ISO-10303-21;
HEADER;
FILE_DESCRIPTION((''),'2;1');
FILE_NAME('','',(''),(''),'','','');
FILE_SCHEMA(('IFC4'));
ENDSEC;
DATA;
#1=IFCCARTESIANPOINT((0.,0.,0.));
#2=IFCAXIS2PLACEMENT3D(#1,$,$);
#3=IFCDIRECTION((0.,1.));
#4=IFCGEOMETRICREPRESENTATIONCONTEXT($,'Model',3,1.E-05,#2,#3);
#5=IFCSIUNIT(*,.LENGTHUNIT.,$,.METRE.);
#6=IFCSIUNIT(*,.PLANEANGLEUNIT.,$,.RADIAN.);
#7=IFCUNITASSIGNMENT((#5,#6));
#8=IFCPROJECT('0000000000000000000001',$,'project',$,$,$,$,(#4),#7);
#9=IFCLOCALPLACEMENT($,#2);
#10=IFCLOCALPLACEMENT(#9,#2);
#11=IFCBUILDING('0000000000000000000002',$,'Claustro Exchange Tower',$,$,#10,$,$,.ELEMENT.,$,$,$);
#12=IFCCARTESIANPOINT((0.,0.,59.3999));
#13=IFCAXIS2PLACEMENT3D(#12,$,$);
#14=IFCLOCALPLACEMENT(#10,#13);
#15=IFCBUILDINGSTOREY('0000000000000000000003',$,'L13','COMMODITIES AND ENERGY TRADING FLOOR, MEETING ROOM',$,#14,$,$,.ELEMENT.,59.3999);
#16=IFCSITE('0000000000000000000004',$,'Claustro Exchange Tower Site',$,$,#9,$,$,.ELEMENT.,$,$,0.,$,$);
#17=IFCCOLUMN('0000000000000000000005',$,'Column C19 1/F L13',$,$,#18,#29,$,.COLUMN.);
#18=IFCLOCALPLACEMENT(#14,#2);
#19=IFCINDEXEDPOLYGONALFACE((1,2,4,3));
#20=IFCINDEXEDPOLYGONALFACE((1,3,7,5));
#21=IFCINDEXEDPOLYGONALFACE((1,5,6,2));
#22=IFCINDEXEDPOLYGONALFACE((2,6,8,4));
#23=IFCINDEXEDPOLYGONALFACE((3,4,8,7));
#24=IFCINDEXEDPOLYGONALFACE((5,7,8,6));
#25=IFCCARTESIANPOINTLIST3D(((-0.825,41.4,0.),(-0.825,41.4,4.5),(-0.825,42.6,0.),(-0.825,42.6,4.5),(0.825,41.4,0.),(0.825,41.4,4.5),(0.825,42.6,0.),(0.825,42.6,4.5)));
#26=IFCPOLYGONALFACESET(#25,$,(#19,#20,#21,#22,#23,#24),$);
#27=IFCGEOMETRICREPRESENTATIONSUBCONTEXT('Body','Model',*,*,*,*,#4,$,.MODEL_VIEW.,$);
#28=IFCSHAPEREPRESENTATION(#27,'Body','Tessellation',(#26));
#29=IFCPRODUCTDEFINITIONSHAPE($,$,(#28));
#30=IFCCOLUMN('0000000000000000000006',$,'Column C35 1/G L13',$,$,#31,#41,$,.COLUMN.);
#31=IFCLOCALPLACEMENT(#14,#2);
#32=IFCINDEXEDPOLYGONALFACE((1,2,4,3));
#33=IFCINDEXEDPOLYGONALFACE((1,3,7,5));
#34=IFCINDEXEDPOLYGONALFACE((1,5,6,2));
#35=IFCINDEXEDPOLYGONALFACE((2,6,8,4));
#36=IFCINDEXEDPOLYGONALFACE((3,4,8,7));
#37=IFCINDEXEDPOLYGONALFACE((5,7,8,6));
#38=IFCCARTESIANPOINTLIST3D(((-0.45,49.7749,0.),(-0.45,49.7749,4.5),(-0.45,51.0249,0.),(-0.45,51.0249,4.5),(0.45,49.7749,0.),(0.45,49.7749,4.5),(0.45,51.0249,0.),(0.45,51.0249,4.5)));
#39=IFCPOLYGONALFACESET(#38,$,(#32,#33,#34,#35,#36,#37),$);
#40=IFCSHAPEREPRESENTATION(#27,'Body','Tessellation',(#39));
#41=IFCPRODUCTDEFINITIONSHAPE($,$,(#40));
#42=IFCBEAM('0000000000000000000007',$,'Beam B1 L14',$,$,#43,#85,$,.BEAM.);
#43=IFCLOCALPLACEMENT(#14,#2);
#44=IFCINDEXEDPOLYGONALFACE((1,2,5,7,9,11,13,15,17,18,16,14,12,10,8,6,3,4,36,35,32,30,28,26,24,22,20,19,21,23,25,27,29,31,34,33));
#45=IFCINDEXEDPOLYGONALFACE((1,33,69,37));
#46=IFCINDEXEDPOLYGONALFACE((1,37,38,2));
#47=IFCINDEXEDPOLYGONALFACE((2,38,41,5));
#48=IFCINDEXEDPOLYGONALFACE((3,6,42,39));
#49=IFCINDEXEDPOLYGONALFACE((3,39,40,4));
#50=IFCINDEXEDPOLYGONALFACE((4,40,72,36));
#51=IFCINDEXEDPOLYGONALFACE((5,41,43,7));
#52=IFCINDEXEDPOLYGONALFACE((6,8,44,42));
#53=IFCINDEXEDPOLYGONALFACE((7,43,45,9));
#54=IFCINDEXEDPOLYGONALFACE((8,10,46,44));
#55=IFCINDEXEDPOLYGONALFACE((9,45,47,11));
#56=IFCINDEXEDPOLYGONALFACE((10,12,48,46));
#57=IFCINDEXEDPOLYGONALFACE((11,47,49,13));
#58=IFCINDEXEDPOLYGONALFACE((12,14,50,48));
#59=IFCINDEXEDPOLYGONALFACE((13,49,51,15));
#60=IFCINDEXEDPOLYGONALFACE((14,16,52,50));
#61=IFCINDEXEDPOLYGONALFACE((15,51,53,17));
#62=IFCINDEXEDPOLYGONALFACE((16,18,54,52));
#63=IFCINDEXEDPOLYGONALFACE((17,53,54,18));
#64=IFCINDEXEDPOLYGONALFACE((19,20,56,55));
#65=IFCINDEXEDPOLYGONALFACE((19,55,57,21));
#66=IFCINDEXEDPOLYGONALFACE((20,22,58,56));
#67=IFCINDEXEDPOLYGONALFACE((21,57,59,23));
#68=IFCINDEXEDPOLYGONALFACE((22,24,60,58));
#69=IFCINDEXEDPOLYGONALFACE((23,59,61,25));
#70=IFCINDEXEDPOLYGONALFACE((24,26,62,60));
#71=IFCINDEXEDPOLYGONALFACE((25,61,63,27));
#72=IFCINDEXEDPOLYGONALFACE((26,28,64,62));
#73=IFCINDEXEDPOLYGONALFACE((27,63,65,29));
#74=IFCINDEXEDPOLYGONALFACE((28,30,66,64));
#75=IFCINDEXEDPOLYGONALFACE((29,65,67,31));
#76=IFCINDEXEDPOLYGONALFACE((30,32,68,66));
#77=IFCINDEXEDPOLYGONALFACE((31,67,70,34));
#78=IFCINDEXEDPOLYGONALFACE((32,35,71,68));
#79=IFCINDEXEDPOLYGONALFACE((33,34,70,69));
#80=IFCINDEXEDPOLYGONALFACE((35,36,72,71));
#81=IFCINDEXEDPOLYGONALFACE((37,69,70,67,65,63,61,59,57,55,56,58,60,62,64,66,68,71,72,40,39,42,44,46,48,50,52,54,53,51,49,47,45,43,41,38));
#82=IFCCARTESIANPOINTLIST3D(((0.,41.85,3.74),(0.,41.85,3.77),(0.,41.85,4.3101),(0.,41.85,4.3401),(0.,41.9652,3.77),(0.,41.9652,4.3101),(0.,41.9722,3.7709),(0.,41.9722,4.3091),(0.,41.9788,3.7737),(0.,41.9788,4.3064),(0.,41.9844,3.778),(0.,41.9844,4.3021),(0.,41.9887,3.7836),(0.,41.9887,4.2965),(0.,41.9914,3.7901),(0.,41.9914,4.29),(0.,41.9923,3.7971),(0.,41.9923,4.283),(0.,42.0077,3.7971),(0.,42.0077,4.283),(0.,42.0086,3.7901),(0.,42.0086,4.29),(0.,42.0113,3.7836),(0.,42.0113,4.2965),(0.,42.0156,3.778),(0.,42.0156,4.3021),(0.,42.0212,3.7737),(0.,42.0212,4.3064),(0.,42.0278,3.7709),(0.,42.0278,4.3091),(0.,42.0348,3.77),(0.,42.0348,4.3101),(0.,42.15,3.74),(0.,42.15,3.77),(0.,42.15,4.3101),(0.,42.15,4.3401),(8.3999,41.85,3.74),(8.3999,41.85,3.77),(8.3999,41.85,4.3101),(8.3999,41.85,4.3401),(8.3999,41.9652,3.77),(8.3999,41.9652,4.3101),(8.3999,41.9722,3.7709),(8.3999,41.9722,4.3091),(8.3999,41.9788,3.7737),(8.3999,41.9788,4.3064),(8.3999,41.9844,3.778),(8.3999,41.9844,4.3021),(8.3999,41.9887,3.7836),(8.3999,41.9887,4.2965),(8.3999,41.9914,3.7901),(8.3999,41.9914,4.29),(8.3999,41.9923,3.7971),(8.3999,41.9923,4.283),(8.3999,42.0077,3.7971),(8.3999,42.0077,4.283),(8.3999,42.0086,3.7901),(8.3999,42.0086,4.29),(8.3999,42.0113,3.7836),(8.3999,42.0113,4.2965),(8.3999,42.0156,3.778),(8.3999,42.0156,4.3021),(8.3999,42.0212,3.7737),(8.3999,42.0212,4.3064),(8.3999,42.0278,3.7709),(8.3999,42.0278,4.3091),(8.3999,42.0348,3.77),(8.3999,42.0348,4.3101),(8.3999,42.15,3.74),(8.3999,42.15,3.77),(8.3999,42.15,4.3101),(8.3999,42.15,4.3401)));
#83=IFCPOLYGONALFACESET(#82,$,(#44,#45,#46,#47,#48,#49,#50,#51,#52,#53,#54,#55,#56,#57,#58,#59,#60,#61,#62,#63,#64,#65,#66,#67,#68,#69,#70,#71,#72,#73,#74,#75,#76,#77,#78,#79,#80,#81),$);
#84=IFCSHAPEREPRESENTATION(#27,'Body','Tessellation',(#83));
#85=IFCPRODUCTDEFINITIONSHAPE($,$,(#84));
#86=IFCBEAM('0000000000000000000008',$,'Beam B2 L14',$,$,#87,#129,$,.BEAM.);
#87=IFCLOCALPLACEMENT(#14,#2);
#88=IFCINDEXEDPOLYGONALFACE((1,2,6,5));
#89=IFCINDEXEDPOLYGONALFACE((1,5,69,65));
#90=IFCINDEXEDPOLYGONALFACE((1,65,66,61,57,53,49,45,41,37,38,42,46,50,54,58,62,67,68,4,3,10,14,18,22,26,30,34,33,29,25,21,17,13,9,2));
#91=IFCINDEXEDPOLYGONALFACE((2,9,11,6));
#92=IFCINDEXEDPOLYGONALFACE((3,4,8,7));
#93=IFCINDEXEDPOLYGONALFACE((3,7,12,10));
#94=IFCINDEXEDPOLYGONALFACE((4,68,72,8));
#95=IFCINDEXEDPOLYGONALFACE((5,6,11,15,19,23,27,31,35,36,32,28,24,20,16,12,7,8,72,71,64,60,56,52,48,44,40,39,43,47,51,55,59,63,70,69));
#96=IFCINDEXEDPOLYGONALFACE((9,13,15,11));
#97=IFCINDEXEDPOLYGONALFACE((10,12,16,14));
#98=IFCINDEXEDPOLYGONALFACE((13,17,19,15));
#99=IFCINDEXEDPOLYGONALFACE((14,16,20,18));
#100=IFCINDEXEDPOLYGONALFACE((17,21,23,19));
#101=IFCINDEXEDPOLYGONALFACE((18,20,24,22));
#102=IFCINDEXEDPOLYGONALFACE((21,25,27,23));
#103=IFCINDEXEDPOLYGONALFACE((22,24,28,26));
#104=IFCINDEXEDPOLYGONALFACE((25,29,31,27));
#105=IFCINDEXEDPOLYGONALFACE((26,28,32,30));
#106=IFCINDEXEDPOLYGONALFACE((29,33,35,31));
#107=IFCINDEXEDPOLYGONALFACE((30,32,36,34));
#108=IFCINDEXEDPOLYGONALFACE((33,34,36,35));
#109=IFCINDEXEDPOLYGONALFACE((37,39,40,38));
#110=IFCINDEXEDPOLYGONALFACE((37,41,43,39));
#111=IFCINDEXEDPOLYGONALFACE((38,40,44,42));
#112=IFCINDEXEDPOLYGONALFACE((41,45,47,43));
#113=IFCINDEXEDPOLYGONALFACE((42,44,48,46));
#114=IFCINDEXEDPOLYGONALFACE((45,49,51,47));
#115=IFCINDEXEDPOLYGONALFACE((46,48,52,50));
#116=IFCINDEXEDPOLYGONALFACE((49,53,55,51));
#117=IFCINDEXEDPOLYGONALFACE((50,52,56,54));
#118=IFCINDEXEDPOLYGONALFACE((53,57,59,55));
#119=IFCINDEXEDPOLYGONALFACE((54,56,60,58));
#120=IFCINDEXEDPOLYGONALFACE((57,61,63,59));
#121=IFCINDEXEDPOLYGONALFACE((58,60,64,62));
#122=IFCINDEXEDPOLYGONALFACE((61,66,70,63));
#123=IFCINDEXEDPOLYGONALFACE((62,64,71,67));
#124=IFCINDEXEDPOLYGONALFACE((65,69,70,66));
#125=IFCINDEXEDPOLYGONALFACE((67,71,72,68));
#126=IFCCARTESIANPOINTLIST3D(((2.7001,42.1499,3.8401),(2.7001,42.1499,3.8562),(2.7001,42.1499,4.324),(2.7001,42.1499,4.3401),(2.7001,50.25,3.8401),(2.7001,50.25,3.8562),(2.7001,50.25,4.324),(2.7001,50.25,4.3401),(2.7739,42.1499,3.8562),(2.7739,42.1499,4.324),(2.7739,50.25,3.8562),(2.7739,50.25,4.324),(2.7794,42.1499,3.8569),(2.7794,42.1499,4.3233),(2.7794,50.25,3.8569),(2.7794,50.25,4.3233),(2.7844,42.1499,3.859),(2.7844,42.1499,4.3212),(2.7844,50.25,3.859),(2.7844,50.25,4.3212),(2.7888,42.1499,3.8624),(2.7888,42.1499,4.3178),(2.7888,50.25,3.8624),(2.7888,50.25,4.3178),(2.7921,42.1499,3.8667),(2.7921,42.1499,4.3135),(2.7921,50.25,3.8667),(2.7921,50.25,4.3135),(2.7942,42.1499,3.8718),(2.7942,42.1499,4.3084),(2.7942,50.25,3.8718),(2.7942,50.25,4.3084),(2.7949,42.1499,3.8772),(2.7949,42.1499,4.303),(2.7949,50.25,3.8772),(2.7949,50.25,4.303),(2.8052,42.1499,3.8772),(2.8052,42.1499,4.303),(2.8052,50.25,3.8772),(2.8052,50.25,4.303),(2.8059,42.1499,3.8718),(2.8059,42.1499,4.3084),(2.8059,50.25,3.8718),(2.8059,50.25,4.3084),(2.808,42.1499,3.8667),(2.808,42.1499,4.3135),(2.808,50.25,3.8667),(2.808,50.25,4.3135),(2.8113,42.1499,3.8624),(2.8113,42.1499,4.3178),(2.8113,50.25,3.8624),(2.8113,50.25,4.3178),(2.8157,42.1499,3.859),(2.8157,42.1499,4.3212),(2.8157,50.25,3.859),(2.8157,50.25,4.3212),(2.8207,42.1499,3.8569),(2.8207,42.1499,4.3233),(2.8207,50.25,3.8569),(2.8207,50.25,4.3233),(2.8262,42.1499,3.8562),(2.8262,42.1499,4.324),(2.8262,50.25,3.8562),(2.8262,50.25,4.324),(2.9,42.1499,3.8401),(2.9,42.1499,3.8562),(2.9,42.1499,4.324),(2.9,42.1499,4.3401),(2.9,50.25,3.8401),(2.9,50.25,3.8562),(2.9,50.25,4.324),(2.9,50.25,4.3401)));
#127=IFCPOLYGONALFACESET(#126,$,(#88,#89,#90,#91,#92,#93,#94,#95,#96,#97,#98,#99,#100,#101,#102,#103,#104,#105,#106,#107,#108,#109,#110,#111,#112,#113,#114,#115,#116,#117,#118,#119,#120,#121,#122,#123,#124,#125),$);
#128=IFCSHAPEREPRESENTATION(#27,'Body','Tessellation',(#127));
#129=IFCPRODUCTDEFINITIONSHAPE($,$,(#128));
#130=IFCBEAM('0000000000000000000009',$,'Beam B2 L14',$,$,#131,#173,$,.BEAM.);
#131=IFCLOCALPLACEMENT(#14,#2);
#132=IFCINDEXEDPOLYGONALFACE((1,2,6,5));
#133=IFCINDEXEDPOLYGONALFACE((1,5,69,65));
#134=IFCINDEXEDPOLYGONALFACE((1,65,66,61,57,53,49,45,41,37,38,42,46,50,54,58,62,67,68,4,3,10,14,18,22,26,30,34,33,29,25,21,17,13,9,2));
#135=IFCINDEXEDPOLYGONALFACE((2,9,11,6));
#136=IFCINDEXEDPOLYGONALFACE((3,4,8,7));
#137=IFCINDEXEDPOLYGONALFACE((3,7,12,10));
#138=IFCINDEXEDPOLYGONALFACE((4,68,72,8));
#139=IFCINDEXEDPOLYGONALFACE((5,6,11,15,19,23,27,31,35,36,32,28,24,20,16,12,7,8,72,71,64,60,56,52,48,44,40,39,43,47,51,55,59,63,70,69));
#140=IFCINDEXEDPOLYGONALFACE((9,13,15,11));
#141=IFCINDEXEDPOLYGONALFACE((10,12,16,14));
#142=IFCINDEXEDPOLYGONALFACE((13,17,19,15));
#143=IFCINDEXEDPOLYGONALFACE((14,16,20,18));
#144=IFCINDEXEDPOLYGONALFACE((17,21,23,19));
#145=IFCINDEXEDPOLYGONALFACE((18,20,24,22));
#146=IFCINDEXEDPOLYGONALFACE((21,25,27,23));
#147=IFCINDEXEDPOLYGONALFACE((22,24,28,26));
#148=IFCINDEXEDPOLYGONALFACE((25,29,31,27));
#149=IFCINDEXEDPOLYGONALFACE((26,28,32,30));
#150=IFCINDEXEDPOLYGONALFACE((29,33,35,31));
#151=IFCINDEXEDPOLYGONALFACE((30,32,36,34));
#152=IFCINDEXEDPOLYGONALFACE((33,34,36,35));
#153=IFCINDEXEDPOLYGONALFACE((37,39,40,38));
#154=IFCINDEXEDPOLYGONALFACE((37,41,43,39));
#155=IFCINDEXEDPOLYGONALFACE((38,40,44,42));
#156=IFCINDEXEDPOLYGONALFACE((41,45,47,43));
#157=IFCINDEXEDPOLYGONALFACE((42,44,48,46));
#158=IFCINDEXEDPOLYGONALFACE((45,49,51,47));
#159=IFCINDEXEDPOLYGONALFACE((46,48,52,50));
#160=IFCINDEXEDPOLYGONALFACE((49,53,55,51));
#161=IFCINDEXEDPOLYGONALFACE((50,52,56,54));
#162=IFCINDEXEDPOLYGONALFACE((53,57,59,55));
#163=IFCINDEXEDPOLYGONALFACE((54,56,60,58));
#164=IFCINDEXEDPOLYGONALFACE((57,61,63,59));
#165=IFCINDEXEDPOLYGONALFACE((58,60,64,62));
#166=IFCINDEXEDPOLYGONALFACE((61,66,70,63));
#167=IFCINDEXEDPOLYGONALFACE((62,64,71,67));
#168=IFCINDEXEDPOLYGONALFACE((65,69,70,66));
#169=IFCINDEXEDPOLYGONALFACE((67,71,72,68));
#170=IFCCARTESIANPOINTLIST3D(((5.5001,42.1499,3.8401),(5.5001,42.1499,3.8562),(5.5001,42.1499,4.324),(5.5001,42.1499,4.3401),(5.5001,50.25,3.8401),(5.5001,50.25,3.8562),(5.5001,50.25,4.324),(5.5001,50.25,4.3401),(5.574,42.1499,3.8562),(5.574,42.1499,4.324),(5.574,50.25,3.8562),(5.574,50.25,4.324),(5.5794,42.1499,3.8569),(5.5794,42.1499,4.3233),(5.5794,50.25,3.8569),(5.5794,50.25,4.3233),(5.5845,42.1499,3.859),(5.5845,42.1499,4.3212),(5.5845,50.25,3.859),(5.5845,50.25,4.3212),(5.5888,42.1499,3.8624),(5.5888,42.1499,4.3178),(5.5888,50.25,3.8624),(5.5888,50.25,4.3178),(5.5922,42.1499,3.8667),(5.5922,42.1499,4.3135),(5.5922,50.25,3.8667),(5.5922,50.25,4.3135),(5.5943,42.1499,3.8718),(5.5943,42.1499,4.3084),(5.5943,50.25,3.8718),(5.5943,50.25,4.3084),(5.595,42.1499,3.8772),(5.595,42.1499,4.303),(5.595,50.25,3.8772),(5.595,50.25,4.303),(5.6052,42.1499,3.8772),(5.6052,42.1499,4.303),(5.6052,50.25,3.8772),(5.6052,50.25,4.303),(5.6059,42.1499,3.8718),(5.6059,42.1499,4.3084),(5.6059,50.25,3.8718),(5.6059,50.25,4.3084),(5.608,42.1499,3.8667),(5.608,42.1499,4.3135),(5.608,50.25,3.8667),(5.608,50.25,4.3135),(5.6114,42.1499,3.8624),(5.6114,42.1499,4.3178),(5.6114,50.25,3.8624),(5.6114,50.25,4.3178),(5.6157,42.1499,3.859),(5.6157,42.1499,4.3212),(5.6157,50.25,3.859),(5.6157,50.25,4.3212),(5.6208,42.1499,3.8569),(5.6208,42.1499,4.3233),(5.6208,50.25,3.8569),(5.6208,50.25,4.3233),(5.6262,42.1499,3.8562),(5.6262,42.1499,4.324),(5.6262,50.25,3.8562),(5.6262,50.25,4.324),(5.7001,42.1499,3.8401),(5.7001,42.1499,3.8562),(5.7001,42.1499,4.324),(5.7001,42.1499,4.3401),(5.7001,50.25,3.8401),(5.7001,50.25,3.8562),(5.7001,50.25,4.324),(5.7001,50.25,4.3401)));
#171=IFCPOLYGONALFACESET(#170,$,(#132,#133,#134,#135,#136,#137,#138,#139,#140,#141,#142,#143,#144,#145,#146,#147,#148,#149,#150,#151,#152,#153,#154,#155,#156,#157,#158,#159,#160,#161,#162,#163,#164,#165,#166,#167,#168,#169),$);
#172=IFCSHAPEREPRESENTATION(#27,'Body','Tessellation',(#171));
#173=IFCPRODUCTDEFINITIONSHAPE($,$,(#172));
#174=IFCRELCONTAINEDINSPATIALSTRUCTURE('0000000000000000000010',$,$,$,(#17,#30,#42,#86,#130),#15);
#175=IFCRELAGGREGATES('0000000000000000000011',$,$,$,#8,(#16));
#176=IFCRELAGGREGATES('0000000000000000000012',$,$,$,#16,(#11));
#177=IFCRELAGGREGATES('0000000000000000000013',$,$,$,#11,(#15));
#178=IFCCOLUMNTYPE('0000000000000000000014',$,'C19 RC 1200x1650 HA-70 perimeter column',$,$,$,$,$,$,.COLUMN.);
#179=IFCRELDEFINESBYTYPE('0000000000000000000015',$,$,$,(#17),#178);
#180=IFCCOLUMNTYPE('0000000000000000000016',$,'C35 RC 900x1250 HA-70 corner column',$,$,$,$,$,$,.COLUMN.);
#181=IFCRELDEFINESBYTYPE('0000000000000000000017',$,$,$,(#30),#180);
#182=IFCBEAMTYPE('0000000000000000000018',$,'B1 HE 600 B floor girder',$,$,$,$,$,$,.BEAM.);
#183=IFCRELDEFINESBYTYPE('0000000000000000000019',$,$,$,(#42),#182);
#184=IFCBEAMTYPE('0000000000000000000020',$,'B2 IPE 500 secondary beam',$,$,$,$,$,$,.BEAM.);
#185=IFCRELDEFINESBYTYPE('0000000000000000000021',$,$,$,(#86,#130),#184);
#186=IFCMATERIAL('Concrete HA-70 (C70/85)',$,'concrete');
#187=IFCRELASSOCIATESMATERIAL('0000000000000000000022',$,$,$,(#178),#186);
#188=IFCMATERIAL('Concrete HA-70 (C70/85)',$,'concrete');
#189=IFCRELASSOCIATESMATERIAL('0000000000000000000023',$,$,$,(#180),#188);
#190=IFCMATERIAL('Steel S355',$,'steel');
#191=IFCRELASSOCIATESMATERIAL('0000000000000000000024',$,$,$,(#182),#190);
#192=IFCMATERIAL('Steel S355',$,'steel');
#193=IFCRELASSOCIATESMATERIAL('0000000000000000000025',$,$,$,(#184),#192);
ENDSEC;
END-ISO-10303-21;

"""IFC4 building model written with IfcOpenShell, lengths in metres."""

from ifc_helpers import new_model, si_unit, direction, frame, origin, origin_2d, place, context, subcontext, project, spatial, rectangle, i_section, extrude, material, material_profile, profile_set, type_object, element, save


model = new_model("IFC4")

# Units and contexts
model_context = context("Model", 3, precision=1e-05, world=origin(), true_north=direction((0.0, 1.0)))
body_context = subcontext(model_context, "Body", "Model", "MODEL_VIEW")
ifc_project = project(units=[si_unit("LENGTHUNIT", "METRE"), si_unit("PLANEANGLEUNIT", "RADIAN")], contexts=[model_context])

# Site, building, storey
site_placement = place(None, origin())
site = spatial("IfcSite", under=ifc_project, at=site_placement, Name="Claustro Exchange Tower Site", CompositionType="ELEMENT", RefElevation=0.0)
building_placement = place(site_placement, origin())
building = spatial("IfcBuilding", under=site, at=building_placement, Name="Claustro Exchange Tower", CompositionType="ELEMENT")
storey_placement = place(building_placement, frame((0.0, 0.0, 59.3999)))
storey = spatial("IfcBuildingStorey", under=building, at=storey_placement, Name="L13", Description="COMMODITIES AND ENERGY TRADING FLOOR, MEETING ROOM", CompositionType="ELEMENT", Elevation=59.3999)

# Columns
ifc_material_1 = material(Name="Concrete HA-70 (C70/85)", Category="concrete")
ifc_material_profile_1 = material_profile(ifc_material_1, rectangle(XDim=1.2, YDim=1.6499, at=origin_2d()), Name="RC 1200x1650")
ifc_profile_set_1 = profile_set([ifc_material_profile_1], Name="Concrete HA-70 (C70/85)")
column_type_1 = type_object("IfcColumnType", Name="C19 RC 1200x1650 HA-70 perimeter column", PredefinedType="COLUMN", material=ifc_profile_set_1)
column_1_placement = place(storey_placement, frame((0.0, 42.0, 0.0), z_axis=(0.0, 0.0, 1.0), x_axis=(0.0, 1.0, 0.0)))
element("IfcColumn", 1, at=column_1_placement, inside=storey, type_object=column_type_1, Name="Column C19 1/F L13", PredefinedType="COLUMN", context=body_context, shape_type="SweptSolid", body=[
    extrude(rectangle(XDim=1.2, YDim=1.6499, at=origin_2d()), origin(), (0.0, 0.0, 1.0), 4.5),
])
ifc_material_2 = material(Name="Concrete HA-70 (C70/85)", Category="concrete")
ifc_material_profile_2 = material_profile(ifc_material_2, rectangle(XDim=0.8999, YDim=1.25, at=origin_2d()), Name="RC 900x1250")
ifc_profile_set_2 = profile_set([ifc_material_profile_2], Name="Concrete HA-70 (C70/85)")
column_type_2 = type_object("IfcColumnType", Name="C35 RC 900x1250 HA-70 corner column", PredefinedType="COLUMN", material=ifc_profile_set_2)
column_2_placement = place(storey_placement, frame((0.0, 50.3999, 0.0), z_axis=(0.0, 0.0, 1.0), x_axis=(1.0, 0.0, 0.0)))
element("IfcColumn", 2, at=column_2_placement, inside=storey, type_object=column_type_2, Name="Column C35 1/G L13", PredefinedType="COLUMN", context=body_context, shape_type="SweptSolid", body=[
    extrude(rectangle(XDim=0.8999, YDim=1.25, at=origin_2d()), origin(), (0.0, 0.0, 1.0), 4.5),
])

# Beams
ifc_material_3 = material(Name="Steel S355", Category="steel")
ifc_material_profile_3 = material_profile(ifc_material_3, i_section(OverallWidth=0.3, OverallDepth=0.6001, WebThickness=0.0154, FlangeThickness=0.03, FilletRadius=0.0271, at=origin_2d()), Name="HE 600 B")
ifc_profile_set_3 = profile_set([ifc_material_profile_3], Name="Steel S355")
beam_type_1 = type_object("IfcBeamType", Name="B1 HE 600 B floor girder", PredefinedType="BEAM", material=ifc_profile_set_3)
beam_placement = place(storey_placement, frame((0.0, 42.0, 4.04), z_axis=(1.0, 0.0, 0.0), x_axis=(0.0, 1.0, 0.0)))
element("IfcBeam", 3, at=beam_placement, inside=storey, type_object=beam_type_1, Name="Beam B1 L14", PredefinedType="BEAM", context=body_context, shape_type="SweptSolid", body=[
    extrude(i_section(OverallWidth=0.3, OverallDepth=0.6001, WebThickness=0.0154, FlangeThickness=0.03, FilletRadius=0.0271, at=origin_2d()), origin(), (0.0, 0.0, 1.0), 8.3999),
])
ifc_material_4 = material(Name="Steel S355", Category="steel")
ifc_material_profile_4 = material_profile(ifc_material_4, i_section(OverallWidth=0.2, OverallDepth=0.5, WebThickness=0.0103, FlangeThickness=0.0161, FilletRadius=0.021, at=origin_2d()), Name="IPE 500")
ifc_profile_set_4 = profile_set([ifc_material_profile_4], Name="Steel S355")
beam_type_2 = type_object("IfcBeamType", Name="B2 IPE 500 secondary beam", PredefinedType="BEAM", material=ifc_profile_set_4)
for number, where, z_axis, x_axis, name in (
    (4, (2.8, 42.1499, 4.0901), (0.0, 1.0, 0.0), (-1.0, 0.0, 0.0), "Beam B2 L14"),
    (5, (5.6001, 42.1499, 4.0901), (0.0, 1.0, 0.0), (-1.0, 0.0, 0.0), "Beam B2 L14"),
):
    element("IfcBeam", number, at=place(storey_placement, frame(where, z_axis=z_axis, x_axis=x_axis)), inside=storey, type_object=beam_type_2, Name=name, PredefinedType="BEAM", context=body_context, shape_type="SweptSolid", body=[
        extrude(i_section(OverallWidth=0.2, OverallDepth=0.5, WebThickness=0.0103, FlangeThickness=0.0161, FilletRadius=0.021, at=origin_2d()), origin(), (0.0, 0.0, 1.0), 8.1001),
    ])

save(model, "model.ifc")
